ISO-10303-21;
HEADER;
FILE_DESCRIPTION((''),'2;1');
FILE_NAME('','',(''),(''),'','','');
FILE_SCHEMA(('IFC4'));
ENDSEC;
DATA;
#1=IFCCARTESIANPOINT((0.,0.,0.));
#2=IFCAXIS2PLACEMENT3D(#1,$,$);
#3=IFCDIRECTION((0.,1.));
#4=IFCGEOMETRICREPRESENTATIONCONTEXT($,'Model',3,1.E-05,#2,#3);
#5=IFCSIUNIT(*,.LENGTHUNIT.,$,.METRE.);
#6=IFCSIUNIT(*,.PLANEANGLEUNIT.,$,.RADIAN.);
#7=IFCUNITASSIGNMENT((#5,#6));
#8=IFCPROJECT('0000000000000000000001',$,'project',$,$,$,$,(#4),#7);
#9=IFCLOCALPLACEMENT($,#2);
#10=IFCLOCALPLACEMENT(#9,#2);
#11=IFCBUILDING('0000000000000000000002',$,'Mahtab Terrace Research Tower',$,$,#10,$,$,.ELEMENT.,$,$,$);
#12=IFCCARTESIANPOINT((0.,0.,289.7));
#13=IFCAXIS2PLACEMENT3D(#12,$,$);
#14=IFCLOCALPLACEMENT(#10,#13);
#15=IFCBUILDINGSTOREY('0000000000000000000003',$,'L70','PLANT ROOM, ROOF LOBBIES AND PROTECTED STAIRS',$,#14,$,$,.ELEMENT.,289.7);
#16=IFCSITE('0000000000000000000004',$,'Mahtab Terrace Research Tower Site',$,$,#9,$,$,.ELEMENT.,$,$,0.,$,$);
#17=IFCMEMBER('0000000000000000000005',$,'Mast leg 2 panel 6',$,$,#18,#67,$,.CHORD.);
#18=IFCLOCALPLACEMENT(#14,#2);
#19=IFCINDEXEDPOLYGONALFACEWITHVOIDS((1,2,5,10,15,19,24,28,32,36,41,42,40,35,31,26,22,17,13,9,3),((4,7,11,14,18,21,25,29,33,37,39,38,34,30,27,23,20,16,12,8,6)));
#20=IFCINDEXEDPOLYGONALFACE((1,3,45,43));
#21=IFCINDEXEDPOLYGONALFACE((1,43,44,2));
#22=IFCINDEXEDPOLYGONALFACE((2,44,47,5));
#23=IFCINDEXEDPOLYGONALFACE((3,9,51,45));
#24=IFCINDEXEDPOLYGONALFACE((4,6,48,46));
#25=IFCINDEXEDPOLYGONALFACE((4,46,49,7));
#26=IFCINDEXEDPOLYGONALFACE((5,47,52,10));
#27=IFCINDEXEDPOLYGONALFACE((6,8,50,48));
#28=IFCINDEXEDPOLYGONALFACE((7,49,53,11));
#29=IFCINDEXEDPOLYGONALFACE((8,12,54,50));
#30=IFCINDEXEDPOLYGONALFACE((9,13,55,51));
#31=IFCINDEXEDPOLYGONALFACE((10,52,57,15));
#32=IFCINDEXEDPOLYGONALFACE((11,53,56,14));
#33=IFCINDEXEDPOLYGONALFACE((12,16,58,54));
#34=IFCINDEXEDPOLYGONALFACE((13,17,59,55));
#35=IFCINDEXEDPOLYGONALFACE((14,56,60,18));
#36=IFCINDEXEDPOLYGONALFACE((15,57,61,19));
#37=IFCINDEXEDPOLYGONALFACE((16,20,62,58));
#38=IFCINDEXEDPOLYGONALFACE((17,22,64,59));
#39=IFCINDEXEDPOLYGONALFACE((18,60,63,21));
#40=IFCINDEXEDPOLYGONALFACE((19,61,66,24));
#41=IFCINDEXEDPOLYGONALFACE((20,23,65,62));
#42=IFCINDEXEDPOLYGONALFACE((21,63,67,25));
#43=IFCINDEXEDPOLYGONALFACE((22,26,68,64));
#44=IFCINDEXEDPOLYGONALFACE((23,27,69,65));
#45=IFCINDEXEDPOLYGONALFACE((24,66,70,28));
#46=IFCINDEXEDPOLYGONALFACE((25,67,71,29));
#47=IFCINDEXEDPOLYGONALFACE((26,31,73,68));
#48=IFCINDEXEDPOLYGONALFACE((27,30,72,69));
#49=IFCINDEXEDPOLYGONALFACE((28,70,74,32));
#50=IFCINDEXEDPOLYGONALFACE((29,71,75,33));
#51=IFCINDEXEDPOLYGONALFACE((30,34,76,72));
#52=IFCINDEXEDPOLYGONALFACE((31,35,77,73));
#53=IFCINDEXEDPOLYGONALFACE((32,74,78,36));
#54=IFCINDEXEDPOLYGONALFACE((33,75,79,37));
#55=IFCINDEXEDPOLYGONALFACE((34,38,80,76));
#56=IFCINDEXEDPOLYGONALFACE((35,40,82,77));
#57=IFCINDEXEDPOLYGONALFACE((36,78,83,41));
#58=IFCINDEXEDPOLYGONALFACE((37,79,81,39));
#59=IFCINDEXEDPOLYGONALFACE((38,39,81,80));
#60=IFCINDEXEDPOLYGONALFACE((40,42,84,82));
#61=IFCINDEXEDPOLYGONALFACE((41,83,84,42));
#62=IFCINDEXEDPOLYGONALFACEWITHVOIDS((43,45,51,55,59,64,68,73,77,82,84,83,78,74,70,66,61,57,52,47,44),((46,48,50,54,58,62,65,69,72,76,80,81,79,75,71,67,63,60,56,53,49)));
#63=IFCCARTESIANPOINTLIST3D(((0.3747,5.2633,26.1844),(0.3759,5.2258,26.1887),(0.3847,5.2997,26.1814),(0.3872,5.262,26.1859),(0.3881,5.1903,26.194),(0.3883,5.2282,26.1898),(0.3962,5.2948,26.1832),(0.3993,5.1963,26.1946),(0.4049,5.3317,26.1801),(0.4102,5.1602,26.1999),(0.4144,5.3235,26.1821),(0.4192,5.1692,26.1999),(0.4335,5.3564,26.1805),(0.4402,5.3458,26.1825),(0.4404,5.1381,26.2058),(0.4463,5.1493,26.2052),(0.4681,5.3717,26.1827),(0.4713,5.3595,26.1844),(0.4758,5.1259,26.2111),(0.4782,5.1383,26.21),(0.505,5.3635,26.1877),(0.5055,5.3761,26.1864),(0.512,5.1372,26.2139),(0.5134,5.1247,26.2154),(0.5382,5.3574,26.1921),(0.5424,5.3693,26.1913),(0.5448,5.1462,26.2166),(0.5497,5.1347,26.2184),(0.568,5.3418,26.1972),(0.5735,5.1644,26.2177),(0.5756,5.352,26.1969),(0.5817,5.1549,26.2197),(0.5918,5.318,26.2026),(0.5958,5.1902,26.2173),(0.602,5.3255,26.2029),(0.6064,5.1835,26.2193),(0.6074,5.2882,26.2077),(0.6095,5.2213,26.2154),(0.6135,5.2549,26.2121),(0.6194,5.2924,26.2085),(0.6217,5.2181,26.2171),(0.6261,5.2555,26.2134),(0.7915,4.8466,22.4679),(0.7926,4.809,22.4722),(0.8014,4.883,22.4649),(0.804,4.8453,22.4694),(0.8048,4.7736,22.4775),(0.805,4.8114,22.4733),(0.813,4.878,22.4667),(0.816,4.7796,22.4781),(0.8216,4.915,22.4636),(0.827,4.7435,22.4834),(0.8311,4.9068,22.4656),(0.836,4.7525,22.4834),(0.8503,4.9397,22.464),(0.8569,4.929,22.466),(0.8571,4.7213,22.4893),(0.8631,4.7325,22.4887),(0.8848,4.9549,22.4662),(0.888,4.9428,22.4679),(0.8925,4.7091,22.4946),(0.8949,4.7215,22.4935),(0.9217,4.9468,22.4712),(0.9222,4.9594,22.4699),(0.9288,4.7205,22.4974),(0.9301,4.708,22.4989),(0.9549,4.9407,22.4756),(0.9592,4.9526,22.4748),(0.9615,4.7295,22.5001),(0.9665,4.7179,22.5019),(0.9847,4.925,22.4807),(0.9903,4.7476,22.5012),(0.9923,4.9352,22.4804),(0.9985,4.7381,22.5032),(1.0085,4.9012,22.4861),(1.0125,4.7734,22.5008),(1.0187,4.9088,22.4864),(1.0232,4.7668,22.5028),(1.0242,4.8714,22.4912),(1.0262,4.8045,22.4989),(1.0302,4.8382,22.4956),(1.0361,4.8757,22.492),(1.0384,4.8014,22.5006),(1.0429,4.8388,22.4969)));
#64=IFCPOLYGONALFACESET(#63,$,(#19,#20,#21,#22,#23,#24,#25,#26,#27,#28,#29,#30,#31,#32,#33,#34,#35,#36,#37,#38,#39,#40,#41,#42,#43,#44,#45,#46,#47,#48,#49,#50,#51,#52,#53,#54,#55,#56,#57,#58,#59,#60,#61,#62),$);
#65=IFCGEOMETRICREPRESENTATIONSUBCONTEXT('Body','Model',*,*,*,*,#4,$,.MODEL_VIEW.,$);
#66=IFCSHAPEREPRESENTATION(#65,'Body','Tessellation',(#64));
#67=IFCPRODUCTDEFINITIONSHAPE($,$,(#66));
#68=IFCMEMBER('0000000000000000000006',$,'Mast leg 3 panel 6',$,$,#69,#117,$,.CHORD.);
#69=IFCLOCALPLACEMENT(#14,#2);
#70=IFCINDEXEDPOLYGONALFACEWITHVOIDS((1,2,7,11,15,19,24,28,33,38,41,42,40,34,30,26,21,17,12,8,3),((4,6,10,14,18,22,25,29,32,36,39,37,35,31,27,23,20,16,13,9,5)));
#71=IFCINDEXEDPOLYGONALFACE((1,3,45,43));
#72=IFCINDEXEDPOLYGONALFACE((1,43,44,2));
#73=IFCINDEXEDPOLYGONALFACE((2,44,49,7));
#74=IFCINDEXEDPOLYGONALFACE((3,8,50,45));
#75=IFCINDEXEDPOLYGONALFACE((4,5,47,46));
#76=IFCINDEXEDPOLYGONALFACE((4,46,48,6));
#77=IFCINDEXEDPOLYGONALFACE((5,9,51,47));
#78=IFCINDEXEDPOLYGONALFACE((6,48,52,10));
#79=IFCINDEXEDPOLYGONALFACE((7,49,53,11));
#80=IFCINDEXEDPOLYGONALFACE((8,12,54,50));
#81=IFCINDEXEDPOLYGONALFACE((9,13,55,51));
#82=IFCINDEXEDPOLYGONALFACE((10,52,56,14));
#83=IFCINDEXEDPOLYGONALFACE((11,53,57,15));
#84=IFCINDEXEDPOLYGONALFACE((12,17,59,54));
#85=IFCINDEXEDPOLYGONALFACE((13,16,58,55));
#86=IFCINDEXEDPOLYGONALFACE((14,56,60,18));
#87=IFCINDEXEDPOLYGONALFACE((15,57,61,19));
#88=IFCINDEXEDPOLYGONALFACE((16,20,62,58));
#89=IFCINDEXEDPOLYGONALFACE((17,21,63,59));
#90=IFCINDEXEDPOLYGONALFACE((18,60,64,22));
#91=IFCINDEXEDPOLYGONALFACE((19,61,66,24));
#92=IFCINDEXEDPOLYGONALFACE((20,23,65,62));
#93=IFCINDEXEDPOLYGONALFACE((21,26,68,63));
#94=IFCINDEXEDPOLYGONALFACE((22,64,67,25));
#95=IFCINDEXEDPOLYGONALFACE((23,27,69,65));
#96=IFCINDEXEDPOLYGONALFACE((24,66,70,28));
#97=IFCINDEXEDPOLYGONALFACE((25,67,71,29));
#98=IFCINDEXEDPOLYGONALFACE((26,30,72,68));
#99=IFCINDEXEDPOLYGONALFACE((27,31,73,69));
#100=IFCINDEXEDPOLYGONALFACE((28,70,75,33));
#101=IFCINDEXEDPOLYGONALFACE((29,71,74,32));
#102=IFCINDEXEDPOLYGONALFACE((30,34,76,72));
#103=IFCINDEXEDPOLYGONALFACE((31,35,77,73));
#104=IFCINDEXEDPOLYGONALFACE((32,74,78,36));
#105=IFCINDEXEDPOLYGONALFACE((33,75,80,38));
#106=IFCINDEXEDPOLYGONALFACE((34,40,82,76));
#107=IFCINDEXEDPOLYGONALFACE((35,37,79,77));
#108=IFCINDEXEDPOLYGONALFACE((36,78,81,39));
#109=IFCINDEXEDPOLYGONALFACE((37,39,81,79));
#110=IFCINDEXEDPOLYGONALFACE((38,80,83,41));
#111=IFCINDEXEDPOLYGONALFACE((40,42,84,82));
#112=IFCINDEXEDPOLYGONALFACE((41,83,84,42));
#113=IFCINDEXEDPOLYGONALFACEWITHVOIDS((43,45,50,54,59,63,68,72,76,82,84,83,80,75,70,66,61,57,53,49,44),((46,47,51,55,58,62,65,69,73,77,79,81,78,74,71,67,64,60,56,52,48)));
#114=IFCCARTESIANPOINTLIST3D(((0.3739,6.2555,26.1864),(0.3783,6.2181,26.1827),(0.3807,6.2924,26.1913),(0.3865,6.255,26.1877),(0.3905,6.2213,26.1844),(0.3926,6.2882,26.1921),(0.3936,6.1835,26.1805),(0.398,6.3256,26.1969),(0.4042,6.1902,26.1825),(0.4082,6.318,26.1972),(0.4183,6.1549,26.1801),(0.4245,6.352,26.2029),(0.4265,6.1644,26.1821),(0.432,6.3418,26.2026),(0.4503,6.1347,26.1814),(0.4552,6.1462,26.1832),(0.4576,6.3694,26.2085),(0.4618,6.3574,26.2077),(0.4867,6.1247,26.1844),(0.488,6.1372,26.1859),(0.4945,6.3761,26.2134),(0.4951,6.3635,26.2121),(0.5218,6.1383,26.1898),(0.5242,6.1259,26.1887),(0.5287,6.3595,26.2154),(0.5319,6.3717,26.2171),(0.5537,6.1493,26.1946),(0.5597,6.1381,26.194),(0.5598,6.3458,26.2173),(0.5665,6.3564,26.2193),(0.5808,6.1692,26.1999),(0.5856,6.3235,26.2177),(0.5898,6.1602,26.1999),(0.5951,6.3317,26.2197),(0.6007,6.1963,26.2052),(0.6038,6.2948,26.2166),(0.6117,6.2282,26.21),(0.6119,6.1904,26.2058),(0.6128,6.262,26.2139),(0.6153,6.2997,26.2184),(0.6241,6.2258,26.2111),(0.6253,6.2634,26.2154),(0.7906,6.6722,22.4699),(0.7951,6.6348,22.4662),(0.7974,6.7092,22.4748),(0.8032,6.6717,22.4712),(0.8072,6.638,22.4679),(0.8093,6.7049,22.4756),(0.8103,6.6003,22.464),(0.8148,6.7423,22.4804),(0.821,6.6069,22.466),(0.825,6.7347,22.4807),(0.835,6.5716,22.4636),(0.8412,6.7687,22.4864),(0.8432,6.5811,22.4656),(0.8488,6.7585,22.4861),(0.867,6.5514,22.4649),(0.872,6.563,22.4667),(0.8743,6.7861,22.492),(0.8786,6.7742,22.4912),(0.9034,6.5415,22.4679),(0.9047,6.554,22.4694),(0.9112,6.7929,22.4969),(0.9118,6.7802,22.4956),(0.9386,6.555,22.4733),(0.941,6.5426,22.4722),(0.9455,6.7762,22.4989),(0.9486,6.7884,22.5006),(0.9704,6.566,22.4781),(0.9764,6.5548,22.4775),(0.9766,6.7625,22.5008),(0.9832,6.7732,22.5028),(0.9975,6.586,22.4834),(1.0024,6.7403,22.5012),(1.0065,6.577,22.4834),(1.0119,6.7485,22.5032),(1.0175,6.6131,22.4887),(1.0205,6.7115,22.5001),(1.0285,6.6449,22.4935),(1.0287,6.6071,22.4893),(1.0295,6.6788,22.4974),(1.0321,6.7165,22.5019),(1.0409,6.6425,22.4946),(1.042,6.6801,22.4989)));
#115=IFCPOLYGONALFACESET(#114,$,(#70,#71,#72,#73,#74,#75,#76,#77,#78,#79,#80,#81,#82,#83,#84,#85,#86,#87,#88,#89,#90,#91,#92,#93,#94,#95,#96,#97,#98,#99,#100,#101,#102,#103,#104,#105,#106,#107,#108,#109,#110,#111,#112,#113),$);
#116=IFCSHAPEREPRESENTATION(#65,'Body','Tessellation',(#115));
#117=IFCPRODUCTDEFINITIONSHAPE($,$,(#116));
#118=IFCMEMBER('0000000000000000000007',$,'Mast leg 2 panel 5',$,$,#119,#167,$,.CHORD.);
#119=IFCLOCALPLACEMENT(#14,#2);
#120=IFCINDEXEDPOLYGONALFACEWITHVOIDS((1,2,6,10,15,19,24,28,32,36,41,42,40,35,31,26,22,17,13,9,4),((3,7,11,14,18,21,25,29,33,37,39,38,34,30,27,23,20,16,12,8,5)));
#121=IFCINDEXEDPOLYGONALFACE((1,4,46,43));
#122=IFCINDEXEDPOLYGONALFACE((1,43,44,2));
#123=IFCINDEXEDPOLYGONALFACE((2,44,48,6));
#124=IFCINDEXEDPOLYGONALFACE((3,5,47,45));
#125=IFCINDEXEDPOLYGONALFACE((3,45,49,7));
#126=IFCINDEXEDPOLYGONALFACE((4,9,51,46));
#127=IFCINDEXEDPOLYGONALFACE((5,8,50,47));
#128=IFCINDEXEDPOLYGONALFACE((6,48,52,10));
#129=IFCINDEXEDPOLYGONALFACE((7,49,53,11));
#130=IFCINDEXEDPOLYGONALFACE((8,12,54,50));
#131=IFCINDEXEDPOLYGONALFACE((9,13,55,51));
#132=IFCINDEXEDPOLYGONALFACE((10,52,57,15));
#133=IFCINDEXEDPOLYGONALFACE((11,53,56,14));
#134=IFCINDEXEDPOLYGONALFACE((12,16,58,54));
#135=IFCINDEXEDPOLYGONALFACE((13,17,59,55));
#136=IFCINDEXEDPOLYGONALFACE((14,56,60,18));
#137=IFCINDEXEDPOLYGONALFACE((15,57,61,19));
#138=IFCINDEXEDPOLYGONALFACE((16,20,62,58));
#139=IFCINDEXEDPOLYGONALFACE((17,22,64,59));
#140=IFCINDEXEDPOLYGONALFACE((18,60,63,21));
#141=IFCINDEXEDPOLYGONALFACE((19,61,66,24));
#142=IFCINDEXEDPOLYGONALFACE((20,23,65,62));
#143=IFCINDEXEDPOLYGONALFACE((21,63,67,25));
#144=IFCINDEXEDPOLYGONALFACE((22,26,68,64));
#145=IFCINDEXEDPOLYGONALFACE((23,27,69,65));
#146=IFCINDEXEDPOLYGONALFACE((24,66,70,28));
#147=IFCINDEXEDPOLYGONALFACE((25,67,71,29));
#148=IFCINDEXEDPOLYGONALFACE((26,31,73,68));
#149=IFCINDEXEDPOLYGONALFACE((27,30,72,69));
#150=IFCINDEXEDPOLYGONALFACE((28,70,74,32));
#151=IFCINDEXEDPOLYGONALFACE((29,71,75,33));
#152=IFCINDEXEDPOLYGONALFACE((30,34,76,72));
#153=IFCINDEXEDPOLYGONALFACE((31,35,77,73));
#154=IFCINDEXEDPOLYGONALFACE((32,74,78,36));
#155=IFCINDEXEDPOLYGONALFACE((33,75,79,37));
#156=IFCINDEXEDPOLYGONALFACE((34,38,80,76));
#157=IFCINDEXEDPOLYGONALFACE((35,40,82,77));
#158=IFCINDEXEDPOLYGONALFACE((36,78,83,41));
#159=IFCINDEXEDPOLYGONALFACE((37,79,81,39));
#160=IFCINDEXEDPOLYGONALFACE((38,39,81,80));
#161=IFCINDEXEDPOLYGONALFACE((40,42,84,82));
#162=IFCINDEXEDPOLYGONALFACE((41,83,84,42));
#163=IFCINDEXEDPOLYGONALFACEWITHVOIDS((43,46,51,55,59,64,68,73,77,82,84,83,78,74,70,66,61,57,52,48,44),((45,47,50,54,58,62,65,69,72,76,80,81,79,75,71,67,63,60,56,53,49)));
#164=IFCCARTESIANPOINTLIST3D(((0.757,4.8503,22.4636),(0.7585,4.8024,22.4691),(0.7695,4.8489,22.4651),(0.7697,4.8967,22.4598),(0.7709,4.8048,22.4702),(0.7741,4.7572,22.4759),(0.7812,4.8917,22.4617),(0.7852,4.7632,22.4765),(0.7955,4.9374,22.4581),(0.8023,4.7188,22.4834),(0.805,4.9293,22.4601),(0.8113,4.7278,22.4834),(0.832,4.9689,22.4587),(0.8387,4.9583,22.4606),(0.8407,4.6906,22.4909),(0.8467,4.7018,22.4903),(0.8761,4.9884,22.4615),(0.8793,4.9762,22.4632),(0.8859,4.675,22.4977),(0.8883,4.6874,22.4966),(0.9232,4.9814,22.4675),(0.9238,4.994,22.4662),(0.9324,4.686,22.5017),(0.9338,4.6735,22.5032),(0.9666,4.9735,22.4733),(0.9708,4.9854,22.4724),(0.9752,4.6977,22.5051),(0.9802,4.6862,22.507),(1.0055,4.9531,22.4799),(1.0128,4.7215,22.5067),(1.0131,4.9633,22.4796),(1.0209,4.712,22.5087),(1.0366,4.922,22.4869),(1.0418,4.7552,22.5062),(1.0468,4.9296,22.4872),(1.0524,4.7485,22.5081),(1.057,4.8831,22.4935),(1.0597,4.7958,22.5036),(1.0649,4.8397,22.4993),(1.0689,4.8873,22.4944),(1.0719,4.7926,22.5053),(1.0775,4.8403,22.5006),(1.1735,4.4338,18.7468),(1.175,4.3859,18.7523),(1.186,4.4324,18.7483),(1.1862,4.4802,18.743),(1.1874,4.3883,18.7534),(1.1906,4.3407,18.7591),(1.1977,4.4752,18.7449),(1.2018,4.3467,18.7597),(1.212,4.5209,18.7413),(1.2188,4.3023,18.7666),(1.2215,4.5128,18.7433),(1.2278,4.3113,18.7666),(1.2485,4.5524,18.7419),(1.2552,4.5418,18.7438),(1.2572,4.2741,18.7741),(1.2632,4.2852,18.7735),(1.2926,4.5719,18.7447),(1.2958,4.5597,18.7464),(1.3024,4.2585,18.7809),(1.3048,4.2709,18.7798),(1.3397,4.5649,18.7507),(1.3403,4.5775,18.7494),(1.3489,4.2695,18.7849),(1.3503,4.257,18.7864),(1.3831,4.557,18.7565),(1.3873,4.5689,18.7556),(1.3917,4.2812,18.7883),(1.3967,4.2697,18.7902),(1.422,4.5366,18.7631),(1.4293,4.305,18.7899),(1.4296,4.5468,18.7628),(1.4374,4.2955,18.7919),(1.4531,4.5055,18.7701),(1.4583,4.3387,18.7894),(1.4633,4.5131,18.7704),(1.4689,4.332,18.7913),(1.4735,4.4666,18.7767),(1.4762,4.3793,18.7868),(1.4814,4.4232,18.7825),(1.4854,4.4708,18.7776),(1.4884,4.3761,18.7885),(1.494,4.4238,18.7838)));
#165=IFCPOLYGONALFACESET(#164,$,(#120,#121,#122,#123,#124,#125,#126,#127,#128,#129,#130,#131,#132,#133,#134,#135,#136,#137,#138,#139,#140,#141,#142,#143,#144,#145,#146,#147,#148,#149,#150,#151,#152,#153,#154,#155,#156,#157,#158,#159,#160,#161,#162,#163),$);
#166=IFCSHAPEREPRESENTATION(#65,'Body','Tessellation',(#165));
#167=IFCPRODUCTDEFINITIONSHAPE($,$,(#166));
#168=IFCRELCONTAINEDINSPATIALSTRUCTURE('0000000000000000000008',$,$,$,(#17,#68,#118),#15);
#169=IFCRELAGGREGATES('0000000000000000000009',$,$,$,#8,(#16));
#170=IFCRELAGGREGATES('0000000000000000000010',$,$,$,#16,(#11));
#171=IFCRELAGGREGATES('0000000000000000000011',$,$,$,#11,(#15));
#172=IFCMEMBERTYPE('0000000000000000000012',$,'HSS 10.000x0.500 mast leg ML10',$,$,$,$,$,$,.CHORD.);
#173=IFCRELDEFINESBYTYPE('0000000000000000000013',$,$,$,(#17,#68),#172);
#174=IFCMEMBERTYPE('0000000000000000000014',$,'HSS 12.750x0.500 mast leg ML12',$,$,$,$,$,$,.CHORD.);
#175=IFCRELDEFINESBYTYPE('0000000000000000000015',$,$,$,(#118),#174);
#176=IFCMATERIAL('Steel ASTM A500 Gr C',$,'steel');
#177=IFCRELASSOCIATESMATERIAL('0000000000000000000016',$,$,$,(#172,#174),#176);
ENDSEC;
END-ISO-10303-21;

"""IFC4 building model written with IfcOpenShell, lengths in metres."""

from ifc_helpers import new_model, si_unit, direction, frame, origin, origin_2d, place, context, subcontext, project, spatial, hollow_circle, extrude, material, material_profile, profile_set, type_object, element, save


model = new_model("IFC4")

# Units and contexts
model_context = context("Model", 3, precision=1e-05, world=origin(), true_north=direction((0.0, 1.0)))
body_context = subcontext(model_context, "Body", "Model", "MODEL_VIEW")
ifc_project = project(units=[si_unit("LENGTHUNIT", "METRE"), si_unit("PLANEANGLEUNIT", "RADIAN")], contexts=[model_context])

# Site, building, storey
site_placement = place(None, origin())
site = spatial("IfcSite", under=ifc_project, at=site_placement, Name="Mahtab Terrace Research Tower Site", CompositionType="ELEMENT", RefElevation=0.0)
building_placement = place(site_placement, origin())
building = spatial("IfcBuilding", under=site, at=building_placement, Name="Mahtab Terrace Research Tower", CompositionType="ELEMENT")
storey_placement = place(building_placement, frame((0.0, 0.0, 289.7)))
storey = spatial("IfcBuildingStorey", under=building, at=storey_placement, Name="L70", Description="PLANT ROOM, ROOF LOBBIES AND PROTECTED STAIRS", CompositionType="ELEMENT", Elevation=289.7)

# Members
ifc_material_1 = material(Name="Steel ASTM A500 Gr C", Category="steel")
ifc_material_profile_1 = material_profile(ifc_material_1, hollow_circle(Radius=0.127, WallThickness=0.0127, at=origin_2d()), Name="HSS10.000X0.500")
ifc_profile_set_1 = profile_set([ifc_material_profile_1], Name="Steel ASTM A500 Gr C")
member_type_1 = type_object("IfcMemberType", Name="HSS 10.000x0.500 mast leg ML10", PredefinedType="CHORD", material=ifc_profile_set_1)
for number, where, z_axis, x_axis, name in (
    (1, (0.9167, 4.8333, 22.4834), (-0.110749, 0.110749, 0.987658), (-0.707107, -0.707107, 0.0), "Mast leg 2 panel 6"),
    (2, (0.9167, 6.6667, 22.4834), (-0.110749, -0.110749, 0.987658), (0.707107, -0.707107, 0.0), "Mast leg 3 panel 6"),
):
    element("IfcMember", number, at=place(storey_placement, frame(where, z_axis=z_axis, x_axis=x_axis)), inside=storey, type_object=member_type_1, Name=name, PredefinedType="CHORD", context=body_context, shape_type="SweptSolid", body=[
        extrude(hollow_circle(Radius=0.127, WallThickness=0.0127, at=origin_2d()), origin(), (0.0, 0.0, 1.0), 3.7629),
    ])
ifc_material_profile_2 = material_profile(ifc_material_1, hollow_circle(Radius=0.1619, WallThickness=0.0127, at=origin_2d()), Name="HSS12.750X0.500")
ifc_profile_set_2 = profile_set([ifc_material_profile_2], Name="Steel ASTM A500 Gr C")
member_type_2 = type_object("IfcMemberType", Name="HSS 12.750x0.500 mast leg ML12", PredefinedType="CHORD", material=ifc_profile_set_2)
for number, where, z_axis, x_axis, name in (
    (3, (1.3333, 4.4167, 18.7666), (-0.110679, 0.110679, 0.987674), (-0.707107, -0.707107, 0.0), "Mast leg 2 panel 5"),
):
    element("IfcMember", number, at=place(storey_placement, frame(where, z_axis=z_axis, x_axis=x_axis)), inside=storey, type_object=member_type_2, Name=name, PredefinedType="CHORD", context=body_context, shape_type="SweptSolid", body=[
        extrude(hollow_circle(Radius=0.1619, WallThickness=0.0127, at=origin_2d()), origin(), (0.0, 0.0, 1.0), 3.7632),
    ])

save(model, "model.ifc")
